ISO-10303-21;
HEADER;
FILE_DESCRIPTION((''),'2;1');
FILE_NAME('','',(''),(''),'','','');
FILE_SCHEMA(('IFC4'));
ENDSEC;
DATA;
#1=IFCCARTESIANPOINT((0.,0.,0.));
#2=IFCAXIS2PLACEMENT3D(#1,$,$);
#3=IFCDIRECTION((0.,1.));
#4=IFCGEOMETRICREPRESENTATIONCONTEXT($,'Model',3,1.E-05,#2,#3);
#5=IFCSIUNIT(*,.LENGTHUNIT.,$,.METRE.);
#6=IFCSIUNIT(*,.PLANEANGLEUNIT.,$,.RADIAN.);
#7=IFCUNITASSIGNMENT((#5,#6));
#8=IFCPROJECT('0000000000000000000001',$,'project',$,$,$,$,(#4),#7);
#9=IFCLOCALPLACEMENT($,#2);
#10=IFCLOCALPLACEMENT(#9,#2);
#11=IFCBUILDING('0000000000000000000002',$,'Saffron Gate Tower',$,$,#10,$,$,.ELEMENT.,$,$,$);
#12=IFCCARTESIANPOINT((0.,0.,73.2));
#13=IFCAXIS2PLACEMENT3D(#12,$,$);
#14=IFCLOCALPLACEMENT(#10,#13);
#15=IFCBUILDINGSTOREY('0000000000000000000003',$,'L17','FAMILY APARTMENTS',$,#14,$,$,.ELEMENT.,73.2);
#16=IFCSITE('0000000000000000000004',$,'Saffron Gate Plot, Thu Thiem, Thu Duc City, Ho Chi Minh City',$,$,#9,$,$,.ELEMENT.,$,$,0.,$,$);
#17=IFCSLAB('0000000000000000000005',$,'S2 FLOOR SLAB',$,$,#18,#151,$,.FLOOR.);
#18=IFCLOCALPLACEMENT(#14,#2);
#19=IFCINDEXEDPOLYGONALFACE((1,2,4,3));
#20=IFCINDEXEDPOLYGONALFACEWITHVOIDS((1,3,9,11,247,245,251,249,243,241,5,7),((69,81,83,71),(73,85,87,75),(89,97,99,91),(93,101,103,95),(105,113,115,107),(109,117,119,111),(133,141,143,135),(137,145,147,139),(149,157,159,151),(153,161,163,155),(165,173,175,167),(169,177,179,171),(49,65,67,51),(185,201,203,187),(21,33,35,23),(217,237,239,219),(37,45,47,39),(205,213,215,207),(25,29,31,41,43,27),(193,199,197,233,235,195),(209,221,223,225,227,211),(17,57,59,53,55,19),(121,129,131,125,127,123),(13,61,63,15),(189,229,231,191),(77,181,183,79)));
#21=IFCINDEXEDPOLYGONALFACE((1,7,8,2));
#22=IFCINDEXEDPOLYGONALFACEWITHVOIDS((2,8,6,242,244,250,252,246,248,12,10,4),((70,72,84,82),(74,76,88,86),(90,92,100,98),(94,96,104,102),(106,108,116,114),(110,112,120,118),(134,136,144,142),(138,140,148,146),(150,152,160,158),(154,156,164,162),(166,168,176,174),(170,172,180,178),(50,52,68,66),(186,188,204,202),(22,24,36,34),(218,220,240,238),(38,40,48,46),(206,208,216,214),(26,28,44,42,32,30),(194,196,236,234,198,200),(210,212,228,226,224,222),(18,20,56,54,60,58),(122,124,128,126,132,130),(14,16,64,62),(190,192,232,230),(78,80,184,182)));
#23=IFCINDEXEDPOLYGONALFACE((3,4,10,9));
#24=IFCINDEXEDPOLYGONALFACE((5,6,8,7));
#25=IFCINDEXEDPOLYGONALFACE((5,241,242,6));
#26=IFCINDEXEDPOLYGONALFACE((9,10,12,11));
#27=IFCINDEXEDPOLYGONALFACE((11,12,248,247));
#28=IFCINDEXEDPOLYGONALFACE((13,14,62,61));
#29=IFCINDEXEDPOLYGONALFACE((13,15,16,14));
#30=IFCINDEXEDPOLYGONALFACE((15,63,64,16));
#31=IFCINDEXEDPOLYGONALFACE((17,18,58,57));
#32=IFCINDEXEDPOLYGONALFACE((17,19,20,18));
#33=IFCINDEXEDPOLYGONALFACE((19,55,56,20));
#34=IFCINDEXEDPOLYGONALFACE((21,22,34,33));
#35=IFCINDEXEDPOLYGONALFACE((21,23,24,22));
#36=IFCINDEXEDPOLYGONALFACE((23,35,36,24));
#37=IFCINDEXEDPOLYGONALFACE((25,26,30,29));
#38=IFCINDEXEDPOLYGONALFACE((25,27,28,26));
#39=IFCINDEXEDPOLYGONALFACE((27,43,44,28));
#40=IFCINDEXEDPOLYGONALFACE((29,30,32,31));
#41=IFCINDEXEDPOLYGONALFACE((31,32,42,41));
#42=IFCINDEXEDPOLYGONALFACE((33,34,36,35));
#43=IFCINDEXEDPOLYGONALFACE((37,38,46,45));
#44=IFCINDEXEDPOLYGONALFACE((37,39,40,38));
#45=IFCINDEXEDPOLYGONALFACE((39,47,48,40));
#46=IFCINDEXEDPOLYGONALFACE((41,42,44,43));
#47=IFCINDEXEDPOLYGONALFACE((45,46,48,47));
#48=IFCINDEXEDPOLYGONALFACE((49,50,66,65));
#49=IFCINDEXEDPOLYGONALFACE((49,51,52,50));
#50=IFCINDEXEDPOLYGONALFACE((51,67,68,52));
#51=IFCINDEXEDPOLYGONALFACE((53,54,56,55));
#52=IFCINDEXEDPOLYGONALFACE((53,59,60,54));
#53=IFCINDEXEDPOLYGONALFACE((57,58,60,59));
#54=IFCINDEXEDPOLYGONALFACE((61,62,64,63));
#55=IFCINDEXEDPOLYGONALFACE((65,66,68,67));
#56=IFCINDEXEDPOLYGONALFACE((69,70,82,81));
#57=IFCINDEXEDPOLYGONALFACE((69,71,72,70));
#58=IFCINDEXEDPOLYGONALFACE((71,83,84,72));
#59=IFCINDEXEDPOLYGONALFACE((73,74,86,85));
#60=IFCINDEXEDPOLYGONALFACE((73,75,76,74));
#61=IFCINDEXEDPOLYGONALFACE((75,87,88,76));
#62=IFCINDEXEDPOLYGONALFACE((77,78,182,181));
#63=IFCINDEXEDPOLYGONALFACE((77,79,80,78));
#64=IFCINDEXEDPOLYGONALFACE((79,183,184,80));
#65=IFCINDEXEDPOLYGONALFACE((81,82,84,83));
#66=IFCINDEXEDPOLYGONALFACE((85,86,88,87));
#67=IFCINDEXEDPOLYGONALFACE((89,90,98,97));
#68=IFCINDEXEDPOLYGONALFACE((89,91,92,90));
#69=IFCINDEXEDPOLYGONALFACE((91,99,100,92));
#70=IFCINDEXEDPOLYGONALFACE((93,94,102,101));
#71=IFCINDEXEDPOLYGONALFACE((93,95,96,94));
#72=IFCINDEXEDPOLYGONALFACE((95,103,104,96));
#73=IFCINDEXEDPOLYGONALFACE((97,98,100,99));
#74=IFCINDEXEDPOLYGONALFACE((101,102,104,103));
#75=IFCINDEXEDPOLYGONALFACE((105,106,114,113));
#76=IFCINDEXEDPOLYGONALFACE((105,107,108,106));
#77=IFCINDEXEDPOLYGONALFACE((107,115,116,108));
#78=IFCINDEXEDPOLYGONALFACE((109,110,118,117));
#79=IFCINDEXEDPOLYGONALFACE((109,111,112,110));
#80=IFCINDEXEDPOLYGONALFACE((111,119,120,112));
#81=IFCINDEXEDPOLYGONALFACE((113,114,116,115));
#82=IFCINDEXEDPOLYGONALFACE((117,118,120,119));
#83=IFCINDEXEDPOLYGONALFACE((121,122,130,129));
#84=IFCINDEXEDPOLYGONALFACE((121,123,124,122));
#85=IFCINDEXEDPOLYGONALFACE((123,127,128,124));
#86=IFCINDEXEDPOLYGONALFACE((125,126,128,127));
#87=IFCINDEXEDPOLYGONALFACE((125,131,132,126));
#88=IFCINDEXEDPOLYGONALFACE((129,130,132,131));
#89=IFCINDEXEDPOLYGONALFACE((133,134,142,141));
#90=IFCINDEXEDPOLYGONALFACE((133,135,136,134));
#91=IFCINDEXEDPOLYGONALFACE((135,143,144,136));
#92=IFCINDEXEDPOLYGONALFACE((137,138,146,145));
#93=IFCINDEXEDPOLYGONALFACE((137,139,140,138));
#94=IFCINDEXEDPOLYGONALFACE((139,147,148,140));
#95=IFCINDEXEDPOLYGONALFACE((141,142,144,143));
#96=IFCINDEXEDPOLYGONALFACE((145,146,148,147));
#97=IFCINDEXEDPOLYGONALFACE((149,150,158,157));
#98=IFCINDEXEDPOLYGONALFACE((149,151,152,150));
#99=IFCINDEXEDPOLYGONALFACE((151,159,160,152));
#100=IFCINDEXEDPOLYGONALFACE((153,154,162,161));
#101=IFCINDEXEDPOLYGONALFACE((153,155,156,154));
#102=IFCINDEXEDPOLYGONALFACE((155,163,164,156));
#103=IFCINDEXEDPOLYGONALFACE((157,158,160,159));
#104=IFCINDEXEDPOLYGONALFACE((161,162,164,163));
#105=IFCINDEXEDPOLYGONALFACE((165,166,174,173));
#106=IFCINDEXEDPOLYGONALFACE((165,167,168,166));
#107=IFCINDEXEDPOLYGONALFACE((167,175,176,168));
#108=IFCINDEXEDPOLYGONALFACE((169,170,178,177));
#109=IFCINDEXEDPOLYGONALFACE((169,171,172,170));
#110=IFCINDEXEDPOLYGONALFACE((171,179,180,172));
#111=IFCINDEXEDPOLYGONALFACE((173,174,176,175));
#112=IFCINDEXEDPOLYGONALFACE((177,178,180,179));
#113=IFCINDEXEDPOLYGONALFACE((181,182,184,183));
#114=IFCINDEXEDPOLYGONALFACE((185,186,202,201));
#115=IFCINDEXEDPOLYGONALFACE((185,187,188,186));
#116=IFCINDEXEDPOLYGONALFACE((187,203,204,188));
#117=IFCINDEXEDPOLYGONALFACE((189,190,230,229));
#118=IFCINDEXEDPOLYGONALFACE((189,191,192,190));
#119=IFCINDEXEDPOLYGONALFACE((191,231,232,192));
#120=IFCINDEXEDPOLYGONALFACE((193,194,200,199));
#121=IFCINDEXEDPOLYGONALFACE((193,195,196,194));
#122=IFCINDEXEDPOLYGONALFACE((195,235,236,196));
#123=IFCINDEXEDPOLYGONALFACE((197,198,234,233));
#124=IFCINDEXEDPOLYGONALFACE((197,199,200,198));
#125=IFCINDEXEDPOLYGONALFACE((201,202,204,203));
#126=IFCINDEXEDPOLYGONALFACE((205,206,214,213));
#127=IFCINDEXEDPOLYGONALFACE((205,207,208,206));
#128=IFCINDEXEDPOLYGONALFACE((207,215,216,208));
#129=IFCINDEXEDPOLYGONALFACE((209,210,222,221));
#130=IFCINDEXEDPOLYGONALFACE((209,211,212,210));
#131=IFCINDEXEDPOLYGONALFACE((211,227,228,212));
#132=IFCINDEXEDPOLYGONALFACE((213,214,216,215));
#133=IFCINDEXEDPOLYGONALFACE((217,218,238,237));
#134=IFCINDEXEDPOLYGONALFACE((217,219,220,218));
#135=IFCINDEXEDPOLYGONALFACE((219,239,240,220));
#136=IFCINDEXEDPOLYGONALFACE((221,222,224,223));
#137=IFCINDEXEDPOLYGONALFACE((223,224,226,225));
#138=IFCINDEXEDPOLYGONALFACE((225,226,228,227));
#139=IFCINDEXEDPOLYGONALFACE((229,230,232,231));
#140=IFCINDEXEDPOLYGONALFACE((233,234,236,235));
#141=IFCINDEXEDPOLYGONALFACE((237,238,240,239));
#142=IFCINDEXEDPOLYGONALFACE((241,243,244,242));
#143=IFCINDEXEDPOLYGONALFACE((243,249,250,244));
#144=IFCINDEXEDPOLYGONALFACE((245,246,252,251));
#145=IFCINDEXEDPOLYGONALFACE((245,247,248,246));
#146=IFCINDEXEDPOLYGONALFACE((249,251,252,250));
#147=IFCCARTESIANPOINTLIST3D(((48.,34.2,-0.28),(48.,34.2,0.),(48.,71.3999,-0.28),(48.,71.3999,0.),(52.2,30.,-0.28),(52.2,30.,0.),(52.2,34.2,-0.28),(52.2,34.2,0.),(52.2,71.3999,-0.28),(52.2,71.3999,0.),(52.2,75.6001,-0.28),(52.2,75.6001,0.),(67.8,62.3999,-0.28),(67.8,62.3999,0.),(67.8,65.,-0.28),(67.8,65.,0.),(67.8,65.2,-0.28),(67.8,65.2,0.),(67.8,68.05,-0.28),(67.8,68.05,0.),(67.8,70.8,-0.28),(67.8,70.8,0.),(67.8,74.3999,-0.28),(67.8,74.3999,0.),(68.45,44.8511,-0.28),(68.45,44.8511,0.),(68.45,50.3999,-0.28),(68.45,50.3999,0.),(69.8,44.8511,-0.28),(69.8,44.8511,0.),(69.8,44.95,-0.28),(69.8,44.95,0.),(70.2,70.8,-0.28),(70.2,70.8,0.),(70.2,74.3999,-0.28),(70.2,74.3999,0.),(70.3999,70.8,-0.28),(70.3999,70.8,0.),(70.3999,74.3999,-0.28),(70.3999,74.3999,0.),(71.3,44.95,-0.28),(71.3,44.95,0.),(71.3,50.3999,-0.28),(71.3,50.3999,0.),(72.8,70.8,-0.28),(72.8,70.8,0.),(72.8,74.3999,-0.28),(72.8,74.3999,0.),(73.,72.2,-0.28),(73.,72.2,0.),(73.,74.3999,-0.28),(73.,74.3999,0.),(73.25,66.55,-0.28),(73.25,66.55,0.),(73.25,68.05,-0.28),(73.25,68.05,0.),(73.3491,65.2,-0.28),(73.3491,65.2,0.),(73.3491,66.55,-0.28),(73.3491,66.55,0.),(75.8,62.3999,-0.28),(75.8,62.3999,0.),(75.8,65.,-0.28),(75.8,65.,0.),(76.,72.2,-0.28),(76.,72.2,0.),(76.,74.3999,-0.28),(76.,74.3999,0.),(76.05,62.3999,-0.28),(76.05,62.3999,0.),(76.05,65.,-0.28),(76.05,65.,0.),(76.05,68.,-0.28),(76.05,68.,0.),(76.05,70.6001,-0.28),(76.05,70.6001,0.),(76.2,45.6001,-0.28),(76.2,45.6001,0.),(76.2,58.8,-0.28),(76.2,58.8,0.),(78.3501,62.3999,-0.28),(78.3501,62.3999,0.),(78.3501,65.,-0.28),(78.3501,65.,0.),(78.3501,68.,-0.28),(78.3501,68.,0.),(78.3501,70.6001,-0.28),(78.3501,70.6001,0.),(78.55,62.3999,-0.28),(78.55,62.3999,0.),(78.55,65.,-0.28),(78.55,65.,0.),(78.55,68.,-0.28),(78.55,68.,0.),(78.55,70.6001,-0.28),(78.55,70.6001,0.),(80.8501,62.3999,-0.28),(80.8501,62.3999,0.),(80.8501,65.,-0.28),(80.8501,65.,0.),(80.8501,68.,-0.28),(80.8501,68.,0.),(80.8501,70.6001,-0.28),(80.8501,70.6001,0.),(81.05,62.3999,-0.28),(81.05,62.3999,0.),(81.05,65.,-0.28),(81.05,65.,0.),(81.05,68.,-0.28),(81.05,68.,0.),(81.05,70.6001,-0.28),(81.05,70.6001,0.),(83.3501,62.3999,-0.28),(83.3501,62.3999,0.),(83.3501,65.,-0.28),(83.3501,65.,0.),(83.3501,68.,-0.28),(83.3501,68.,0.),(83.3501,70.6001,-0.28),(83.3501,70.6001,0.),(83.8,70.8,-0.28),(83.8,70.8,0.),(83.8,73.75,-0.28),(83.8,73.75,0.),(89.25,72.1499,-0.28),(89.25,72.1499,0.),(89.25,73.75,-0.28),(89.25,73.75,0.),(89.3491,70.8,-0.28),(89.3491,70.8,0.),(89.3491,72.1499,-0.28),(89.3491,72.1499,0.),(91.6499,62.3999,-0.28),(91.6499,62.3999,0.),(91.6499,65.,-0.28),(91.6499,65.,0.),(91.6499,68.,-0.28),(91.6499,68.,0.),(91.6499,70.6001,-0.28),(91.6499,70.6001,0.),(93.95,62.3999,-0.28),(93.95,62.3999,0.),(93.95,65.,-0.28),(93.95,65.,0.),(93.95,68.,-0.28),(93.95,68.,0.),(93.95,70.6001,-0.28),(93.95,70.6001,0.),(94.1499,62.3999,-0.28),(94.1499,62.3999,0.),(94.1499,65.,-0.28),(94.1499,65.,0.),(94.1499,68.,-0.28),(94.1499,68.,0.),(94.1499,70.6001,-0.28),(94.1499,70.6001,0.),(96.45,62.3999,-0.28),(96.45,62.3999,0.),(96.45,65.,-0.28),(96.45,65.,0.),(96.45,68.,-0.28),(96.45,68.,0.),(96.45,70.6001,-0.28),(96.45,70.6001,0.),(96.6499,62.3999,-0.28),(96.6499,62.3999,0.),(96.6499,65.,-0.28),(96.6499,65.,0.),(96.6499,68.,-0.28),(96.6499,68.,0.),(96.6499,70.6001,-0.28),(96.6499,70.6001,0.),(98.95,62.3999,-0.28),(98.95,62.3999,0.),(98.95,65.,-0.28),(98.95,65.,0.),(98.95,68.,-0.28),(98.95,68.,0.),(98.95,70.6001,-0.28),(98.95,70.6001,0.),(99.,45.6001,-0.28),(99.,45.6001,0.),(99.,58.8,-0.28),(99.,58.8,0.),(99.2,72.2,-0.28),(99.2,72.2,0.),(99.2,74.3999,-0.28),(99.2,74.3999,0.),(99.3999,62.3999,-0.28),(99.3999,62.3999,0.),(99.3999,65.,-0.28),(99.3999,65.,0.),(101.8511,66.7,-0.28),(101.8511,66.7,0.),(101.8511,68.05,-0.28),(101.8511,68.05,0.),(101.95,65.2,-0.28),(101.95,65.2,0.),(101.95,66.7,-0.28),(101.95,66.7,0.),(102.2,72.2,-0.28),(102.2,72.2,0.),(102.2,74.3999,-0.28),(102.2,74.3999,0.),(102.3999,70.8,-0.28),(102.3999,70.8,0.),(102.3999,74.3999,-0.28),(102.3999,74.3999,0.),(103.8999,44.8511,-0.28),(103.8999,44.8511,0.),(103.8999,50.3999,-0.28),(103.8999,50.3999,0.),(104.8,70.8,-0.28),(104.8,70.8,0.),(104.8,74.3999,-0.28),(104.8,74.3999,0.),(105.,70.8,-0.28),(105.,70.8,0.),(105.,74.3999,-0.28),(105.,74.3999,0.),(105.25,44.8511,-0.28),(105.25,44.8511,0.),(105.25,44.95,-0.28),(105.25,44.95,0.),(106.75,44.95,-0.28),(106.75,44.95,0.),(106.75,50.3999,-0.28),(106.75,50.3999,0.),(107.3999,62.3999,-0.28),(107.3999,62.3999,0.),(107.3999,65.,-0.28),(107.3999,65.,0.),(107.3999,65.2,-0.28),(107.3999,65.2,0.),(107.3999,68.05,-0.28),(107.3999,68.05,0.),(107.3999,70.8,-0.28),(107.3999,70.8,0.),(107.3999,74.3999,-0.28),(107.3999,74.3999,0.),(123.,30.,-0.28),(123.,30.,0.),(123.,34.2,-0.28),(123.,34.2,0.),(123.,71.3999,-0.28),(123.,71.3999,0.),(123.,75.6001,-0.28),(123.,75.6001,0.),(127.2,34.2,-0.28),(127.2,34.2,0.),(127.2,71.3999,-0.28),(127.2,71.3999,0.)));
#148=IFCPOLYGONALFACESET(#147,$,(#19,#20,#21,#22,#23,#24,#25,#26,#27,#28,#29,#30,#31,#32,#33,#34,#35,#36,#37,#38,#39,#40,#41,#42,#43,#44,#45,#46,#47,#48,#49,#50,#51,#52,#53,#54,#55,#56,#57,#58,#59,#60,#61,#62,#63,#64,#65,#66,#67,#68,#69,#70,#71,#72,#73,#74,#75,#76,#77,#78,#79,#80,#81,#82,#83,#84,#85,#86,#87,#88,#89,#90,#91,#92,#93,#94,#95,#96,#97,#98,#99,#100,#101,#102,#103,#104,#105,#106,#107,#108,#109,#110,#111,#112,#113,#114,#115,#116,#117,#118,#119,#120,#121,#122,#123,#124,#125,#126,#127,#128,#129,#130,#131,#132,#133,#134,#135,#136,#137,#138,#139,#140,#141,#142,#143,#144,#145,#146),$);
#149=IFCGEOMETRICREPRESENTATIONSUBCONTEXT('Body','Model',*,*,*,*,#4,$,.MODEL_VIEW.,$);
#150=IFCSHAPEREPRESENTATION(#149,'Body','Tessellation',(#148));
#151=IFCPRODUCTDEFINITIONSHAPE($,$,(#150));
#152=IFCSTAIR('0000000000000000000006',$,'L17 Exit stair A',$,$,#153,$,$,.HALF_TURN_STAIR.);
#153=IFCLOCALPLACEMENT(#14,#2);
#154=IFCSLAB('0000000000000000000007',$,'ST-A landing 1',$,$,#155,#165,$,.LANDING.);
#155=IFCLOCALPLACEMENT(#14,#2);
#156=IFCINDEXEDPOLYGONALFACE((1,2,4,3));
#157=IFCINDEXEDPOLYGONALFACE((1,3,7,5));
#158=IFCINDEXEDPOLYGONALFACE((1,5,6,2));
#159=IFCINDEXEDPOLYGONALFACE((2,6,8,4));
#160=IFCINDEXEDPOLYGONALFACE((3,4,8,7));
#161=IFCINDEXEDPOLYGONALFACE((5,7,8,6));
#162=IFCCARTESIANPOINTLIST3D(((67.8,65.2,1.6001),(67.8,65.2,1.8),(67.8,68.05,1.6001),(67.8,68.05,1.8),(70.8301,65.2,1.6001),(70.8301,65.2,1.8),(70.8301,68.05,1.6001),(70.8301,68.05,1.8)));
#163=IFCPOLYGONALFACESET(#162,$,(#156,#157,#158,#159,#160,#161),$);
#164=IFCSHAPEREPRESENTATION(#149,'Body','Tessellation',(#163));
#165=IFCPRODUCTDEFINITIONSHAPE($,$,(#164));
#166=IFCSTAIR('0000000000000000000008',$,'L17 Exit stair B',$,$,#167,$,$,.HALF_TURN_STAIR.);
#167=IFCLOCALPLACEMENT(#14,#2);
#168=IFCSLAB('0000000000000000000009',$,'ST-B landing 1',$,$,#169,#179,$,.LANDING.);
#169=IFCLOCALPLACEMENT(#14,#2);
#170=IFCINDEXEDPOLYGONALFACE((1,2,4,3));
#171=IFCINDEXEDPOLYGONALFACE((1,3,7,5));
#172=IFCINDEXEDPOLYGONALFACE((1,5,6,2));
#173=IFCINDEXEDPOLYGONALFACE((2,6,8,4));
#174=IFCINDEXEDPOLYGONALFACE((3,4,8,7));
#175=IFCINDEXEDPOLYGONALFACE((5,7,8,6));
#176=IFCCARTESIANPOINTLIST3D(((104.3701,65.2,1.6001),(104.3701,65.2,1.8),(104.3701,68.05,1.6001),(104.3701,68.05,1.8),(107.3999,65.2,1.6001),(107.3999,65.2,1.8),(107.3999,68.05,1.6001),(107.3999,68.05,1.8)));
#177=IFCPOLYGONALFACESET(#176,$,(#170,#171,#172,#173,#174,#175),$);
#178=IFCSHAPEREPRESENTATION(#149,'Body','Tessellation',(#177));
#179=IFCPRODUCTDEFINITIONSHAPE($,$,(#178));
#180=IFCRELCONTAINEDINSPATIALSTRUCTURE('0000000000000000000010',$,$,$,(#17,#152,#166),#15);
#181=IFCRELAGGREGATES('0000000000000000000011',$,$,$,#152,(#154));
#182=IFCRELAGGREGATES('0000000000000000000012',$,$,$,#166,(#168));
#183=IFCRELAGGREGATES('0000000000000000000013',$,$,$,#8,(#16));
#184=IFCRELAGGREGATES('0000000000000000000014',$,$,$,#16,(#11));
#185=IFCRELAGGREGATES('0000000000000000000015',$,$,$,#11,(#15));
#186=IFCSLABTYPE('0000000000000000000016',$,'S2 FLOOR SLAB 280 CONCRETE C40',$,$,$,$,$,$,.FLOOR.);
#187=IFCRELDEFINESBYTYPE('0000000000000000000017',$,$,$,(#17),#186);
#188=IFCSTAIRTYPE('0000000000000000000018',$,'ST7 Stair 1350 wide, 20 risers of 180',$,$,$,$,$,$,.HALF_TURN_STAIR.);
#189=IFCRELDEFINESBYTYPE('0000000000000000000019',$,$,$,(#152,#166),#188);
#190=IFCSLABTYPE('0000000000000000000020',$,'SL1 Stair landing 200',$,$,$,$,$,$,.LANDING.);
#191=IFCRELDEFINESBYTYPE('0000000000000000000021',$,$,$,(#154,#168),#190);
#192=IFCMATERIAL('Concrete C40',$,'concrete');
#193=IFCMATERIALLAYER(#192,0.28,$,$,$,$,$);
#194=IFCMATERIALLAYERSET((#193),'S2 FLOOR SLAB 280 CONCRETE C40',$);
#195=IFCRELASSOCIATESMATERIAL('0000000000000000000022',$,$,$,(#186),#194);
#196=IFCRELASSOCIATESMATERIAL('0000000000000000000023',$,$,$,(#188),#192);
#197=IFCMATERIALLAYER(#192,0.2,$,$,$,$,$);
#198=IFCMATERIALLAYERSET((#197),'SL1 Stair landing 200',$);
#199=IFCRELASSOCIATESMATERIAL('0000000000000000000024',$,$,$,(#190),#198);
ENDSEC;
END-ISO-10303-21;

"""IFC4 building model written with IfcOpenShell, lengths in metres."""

from ifc_helpers import new_model, si_unit, direction, frame, origin, place, context, subcontext, project, spatial, polyline, outline, extrude, material, layer, layer_set, type_object, element, aggregate, save


model = new_model("IFC4")

# Units and contexts
model_context = context("Model", 3, precision=1e-05, world=origin(), true_north=direction((0.0, 1.0)))
body_context = subcontext(model_context, "Body", "Model", "MODEL_VIEW")
ifc_project = project(units=[si_unit("LENGTHUNIT", "METRE"), si_unit("PLANEANGLEUNIT", "RADIAN")], contexts=[model_context])

# Site, building, storey
site_placement = place(None, origin())
site = spatial("IfcSite", under=ifc_project, at=site_placement, Name="Saffron Gate Plot, Thu Thiem, Thu Duc City, Ho Chi Minh City", CompositionType="ELEMENT", RefElevation=0.0)
building_placement = place(site_placement, origin())
building = spatial("IfcBuilding", under=site, at=building_placement, Name="Saffron Gate Tower", CompositionType="ELEMENT")
storey_placement = place(building_placement, frame((0.0, 0.0, 73.2)))
storey = spatial("IfcBuildingStorey", under=building, at=storey_placement, Name="L17", Description="FAMILY APARTMENTS", CompositionType="ELEMENT", Elevation=73.2)

# Slab
ifc_material_1 = material(Name="Concrete C40", Category="concrete")
ifc_layer_1 = layer(ifc_material_1, 0.28)
ifc_layer_set_1 = layer_set([ifc_layer_1], Name="S2 FLOOR SLAB 280 CONCRETE C40")
slab_type_1 = type_object("IfcSlabType", Name="S2 FLOOR SLAB 280 CONCRETE C40", PredefinedType="FLOOR", material=ifc_layer_set_1)
slab_1_placement = place(storey_placement, frame((0.0, 0.0, -0.28)))
element("IfcSlab", 1, at=slab_1_placement, inside=storey, type_object=slab_type_1, Name="S2 FLOOR SLAB", PredefinedType="FLOOR", context=body_context, shape_type="SweptSolid", body=[
    extrude(outline(polyline([(48.0, 34.2), (52.2, 34.2), (52.2, 30.0), (123.0, 30.0), (123.0, 34.2), (127.2, 34.2), (127.2, 71.3999), (123.0, 71.3999), (123.0, 75.6001), (52.2, 75.6001), (52.2, 71.3999), (48.0, 71.3999), (48.0, 34.2)]), holes=[polyline([(67.8, 62.3999), (67.8, 65.0), (75.8, 65.0), (75.8, 62.3999), (67.8, 62.3999)]), polyline([(67.8, 65.2), (67.8, 68.05), (73.25, 68.05), (73.25, 66.55), (73.3491, 66.55), (73.3491, 65.2), (67.8, 65.2)]), polyline([(67.8, 70.8), (67.8, 74.3999), (70.2, 74.3999), (70.2, 70.8), (67.8, 70.8)]), polyline([(68.45, 44.8511), (68.45, 50.3999), (71.3, 50.3999), (71.3, 44.95), (69.8, 44.95), (69.8, 44.8511), (68.45, 44.8511)]), polyline([(70.3999, 70.8), (70.3999, 74.3999), (72.8, 74.3999), (72.8, 70.8), (70.3999, 70.8)]), polyline([(73.0, 72.2), (73.0, 74.3999), (76.0, 74.3999), (76.0, 72.2), (73.0, 72.2)]), polyline([(76.05, 62.3999), (76.05, 65.0), (78.3501, 65.0), (78.3501, 62.3999), (76.05, 62.3999)]), polyline([(76.05, 68.0), (76.05, 70.6001), (78.3501, 70.6001), (78.3501, 68.0), (76.05, 68.0)]), polyline([(76.2, 45.6001), (76.2, 58.8), (99.0, 58.8), (99.0, 45.6001), (76.2, 45.6001)]), polyline([(78.55, 62.3999), (78.55, 65.0), (80.8501, 65.0), (80.8501, 62.3999), (78.55, 62.3999)]), polyline([(78.55, 68.0), (78.55, 70.6001), (80.8501, 70.6001), (80.8501, 68.0), (78.55, 68.0)]), polyline([(81.05, 62.3999), (81.05, 65.0), (83.3501, 65.0), (83.3501, 62.3999), (81.05, 62.3999)]), polyline([(81.05, 68.0), (81.05, 70.6001), (83.3501, 70.6001), (83.3501, 68.0), (81.05, 68.0)]), polyline([(83.8, 70.8), (83.8, 73.75), (89.25, 73.75), (89.25, 72.1499), (89.3491, 72.1499), (89.3491, 70.8), (83.8, 70.8)]), polyline([(91.6499, 62.3999), (91.6499, 65.0), (93.95, 65.0), (93.95, 62.3999), (91.6499, 62.3999)]), polyline([(91.6499, 68.0), (91.6499, 70.6001), (93.95, 70.6001), (93.95, 68.0), (91.6499, 68.0)]), polyline([(94.1499, 62.3999), (94.1499, 65.0), (96.45, 65.0), (96.45, 62.3999), (94.1499, 62.3999)]), polyline([(94.1499, 68.0), (94.1499, 70.6001), (96.45, 70.6001), (96.45, 68.0), (94.1499, 68.0)]), polyline([(96.6499, 62.3999), (96.6499, 65.0), (98.95, 65.0), (98.95, 62.3999), (96.6499, 62.3999)]), polyline([(96.6499, 68.0), (96.6499, 70.6001), (98.95, 70.6001), (98.95, 68.0), (96.6499, 68.0)]), polyline([(99.2, 72.2), (99.2, 74.3999), (102.2, 74.3999), (102.2, 72.2), (99.2, 72.2)]), polyline([(99.3999, 62.3999), (99.3999, 65.0), (107.3999, 65.0), (107.3999, 62.3999), (99.3999, 62.3999)]), polyline([(101.8511, 66.7), (101.8511, 68.05), (107.3999, 68.05), (107.3999, 65.2), (101.95, 65.2), (101.95, 66.7), (101.8511, 66.7)]), polyline([(102.3999, 70.8), (102.3999, 74.3999), (104.8, 74.3999), (104.8, 70.8), (102.3999, 70.8)]), polyline([(103.8999, 44.8511), (103.8999, 50.3999), (106.75, 50.3999), (106.75, 44.95), (105.25, 44.95), (105.25, 44.8511), (103.8999, 44.8511)]), polyline([(105.0, 70.8), (105.0, 74.3999), (107.3999, 74.3999), (107.3999, 70.8), (105.0, 70.8)])]), origin(), (0.0, 0.0, 1.0), 0.28),
])

# Stairs, slabs
stair_type = type_object("IfcStairType", Name="ST7 Stair 1350 wide, 20 risers of 180", PredefinedType="HALF_TURN_STAIR", material=ifc_material_1)
stair_1_placement = place(storey_placement, origin())
stair_1 = element("IfcStair", 2, at=stair_1_placement, inside=storey, type_object=stair_type, Name="L17 Exit stair A", PredefinedType="HALF_TURN_STAIR")
ifc_layer_2 = layer(ifc_material_1, 0.2)
ifc_layer_set_2 = layer_set([ifc_layer_2], Name="SL1 Stair landing 200")
slab_type_2 = type_object("IfcSlabType", Name="SL1 Stair landing 200", PredefinedType="LANDING", material=ifc_layer_set_2)
slab_2_placement = place(storey_placement, frame((0.0, 0.0, 1.6001)))
slab_2 = element("IfcSlab", 3, at=slab_2_placement, type_object=slab_type_2, Name="ST-A landing 1", PredefinedType="LANDING", context=body_context, shape_type="SweptSolid", body=[
    extrude(outline(polyline([(70.8301, 68.05), (67.8, 68.05), (67.8, 65.2), (70.8301, 65.2), (70.8301, 68.05)])), origin(), (0.0, 0.0, 1.0), 0.2),
])
aggregate(stair_1, [slab_2])
stair_2_placement = place(storey_placement, origin())
stair_2 = element("IfcStair", 4, at=stair_2_placement, inside=storey, type_object=stair_type, Name="L17 Exit stair B", PredefinedType="HALF_TURN_STAIR")
slab_3_placement = place(storey_placement, frame((0.0, 0.0, 1.6001)))
slab_3 = element("IfcSlab", 5, at=slab_3_placement, type_object=slab_type_2, Name="ST-B landing 1", PredefinedType="LANDING", context=body_context, shape_type="SweptSolid", body=[
    extrude(outline(polyline([(104.3701, 65.2), (107.3999, 65.2), (107.3999, 68.05), (104.3701, 68.05), (104.3701, 65.2)])), origin(), (0.0, 0.0, 1.0), 0.2),
])
aggregate(stair_2, [slab_3])

save(model, "model.ifc")
